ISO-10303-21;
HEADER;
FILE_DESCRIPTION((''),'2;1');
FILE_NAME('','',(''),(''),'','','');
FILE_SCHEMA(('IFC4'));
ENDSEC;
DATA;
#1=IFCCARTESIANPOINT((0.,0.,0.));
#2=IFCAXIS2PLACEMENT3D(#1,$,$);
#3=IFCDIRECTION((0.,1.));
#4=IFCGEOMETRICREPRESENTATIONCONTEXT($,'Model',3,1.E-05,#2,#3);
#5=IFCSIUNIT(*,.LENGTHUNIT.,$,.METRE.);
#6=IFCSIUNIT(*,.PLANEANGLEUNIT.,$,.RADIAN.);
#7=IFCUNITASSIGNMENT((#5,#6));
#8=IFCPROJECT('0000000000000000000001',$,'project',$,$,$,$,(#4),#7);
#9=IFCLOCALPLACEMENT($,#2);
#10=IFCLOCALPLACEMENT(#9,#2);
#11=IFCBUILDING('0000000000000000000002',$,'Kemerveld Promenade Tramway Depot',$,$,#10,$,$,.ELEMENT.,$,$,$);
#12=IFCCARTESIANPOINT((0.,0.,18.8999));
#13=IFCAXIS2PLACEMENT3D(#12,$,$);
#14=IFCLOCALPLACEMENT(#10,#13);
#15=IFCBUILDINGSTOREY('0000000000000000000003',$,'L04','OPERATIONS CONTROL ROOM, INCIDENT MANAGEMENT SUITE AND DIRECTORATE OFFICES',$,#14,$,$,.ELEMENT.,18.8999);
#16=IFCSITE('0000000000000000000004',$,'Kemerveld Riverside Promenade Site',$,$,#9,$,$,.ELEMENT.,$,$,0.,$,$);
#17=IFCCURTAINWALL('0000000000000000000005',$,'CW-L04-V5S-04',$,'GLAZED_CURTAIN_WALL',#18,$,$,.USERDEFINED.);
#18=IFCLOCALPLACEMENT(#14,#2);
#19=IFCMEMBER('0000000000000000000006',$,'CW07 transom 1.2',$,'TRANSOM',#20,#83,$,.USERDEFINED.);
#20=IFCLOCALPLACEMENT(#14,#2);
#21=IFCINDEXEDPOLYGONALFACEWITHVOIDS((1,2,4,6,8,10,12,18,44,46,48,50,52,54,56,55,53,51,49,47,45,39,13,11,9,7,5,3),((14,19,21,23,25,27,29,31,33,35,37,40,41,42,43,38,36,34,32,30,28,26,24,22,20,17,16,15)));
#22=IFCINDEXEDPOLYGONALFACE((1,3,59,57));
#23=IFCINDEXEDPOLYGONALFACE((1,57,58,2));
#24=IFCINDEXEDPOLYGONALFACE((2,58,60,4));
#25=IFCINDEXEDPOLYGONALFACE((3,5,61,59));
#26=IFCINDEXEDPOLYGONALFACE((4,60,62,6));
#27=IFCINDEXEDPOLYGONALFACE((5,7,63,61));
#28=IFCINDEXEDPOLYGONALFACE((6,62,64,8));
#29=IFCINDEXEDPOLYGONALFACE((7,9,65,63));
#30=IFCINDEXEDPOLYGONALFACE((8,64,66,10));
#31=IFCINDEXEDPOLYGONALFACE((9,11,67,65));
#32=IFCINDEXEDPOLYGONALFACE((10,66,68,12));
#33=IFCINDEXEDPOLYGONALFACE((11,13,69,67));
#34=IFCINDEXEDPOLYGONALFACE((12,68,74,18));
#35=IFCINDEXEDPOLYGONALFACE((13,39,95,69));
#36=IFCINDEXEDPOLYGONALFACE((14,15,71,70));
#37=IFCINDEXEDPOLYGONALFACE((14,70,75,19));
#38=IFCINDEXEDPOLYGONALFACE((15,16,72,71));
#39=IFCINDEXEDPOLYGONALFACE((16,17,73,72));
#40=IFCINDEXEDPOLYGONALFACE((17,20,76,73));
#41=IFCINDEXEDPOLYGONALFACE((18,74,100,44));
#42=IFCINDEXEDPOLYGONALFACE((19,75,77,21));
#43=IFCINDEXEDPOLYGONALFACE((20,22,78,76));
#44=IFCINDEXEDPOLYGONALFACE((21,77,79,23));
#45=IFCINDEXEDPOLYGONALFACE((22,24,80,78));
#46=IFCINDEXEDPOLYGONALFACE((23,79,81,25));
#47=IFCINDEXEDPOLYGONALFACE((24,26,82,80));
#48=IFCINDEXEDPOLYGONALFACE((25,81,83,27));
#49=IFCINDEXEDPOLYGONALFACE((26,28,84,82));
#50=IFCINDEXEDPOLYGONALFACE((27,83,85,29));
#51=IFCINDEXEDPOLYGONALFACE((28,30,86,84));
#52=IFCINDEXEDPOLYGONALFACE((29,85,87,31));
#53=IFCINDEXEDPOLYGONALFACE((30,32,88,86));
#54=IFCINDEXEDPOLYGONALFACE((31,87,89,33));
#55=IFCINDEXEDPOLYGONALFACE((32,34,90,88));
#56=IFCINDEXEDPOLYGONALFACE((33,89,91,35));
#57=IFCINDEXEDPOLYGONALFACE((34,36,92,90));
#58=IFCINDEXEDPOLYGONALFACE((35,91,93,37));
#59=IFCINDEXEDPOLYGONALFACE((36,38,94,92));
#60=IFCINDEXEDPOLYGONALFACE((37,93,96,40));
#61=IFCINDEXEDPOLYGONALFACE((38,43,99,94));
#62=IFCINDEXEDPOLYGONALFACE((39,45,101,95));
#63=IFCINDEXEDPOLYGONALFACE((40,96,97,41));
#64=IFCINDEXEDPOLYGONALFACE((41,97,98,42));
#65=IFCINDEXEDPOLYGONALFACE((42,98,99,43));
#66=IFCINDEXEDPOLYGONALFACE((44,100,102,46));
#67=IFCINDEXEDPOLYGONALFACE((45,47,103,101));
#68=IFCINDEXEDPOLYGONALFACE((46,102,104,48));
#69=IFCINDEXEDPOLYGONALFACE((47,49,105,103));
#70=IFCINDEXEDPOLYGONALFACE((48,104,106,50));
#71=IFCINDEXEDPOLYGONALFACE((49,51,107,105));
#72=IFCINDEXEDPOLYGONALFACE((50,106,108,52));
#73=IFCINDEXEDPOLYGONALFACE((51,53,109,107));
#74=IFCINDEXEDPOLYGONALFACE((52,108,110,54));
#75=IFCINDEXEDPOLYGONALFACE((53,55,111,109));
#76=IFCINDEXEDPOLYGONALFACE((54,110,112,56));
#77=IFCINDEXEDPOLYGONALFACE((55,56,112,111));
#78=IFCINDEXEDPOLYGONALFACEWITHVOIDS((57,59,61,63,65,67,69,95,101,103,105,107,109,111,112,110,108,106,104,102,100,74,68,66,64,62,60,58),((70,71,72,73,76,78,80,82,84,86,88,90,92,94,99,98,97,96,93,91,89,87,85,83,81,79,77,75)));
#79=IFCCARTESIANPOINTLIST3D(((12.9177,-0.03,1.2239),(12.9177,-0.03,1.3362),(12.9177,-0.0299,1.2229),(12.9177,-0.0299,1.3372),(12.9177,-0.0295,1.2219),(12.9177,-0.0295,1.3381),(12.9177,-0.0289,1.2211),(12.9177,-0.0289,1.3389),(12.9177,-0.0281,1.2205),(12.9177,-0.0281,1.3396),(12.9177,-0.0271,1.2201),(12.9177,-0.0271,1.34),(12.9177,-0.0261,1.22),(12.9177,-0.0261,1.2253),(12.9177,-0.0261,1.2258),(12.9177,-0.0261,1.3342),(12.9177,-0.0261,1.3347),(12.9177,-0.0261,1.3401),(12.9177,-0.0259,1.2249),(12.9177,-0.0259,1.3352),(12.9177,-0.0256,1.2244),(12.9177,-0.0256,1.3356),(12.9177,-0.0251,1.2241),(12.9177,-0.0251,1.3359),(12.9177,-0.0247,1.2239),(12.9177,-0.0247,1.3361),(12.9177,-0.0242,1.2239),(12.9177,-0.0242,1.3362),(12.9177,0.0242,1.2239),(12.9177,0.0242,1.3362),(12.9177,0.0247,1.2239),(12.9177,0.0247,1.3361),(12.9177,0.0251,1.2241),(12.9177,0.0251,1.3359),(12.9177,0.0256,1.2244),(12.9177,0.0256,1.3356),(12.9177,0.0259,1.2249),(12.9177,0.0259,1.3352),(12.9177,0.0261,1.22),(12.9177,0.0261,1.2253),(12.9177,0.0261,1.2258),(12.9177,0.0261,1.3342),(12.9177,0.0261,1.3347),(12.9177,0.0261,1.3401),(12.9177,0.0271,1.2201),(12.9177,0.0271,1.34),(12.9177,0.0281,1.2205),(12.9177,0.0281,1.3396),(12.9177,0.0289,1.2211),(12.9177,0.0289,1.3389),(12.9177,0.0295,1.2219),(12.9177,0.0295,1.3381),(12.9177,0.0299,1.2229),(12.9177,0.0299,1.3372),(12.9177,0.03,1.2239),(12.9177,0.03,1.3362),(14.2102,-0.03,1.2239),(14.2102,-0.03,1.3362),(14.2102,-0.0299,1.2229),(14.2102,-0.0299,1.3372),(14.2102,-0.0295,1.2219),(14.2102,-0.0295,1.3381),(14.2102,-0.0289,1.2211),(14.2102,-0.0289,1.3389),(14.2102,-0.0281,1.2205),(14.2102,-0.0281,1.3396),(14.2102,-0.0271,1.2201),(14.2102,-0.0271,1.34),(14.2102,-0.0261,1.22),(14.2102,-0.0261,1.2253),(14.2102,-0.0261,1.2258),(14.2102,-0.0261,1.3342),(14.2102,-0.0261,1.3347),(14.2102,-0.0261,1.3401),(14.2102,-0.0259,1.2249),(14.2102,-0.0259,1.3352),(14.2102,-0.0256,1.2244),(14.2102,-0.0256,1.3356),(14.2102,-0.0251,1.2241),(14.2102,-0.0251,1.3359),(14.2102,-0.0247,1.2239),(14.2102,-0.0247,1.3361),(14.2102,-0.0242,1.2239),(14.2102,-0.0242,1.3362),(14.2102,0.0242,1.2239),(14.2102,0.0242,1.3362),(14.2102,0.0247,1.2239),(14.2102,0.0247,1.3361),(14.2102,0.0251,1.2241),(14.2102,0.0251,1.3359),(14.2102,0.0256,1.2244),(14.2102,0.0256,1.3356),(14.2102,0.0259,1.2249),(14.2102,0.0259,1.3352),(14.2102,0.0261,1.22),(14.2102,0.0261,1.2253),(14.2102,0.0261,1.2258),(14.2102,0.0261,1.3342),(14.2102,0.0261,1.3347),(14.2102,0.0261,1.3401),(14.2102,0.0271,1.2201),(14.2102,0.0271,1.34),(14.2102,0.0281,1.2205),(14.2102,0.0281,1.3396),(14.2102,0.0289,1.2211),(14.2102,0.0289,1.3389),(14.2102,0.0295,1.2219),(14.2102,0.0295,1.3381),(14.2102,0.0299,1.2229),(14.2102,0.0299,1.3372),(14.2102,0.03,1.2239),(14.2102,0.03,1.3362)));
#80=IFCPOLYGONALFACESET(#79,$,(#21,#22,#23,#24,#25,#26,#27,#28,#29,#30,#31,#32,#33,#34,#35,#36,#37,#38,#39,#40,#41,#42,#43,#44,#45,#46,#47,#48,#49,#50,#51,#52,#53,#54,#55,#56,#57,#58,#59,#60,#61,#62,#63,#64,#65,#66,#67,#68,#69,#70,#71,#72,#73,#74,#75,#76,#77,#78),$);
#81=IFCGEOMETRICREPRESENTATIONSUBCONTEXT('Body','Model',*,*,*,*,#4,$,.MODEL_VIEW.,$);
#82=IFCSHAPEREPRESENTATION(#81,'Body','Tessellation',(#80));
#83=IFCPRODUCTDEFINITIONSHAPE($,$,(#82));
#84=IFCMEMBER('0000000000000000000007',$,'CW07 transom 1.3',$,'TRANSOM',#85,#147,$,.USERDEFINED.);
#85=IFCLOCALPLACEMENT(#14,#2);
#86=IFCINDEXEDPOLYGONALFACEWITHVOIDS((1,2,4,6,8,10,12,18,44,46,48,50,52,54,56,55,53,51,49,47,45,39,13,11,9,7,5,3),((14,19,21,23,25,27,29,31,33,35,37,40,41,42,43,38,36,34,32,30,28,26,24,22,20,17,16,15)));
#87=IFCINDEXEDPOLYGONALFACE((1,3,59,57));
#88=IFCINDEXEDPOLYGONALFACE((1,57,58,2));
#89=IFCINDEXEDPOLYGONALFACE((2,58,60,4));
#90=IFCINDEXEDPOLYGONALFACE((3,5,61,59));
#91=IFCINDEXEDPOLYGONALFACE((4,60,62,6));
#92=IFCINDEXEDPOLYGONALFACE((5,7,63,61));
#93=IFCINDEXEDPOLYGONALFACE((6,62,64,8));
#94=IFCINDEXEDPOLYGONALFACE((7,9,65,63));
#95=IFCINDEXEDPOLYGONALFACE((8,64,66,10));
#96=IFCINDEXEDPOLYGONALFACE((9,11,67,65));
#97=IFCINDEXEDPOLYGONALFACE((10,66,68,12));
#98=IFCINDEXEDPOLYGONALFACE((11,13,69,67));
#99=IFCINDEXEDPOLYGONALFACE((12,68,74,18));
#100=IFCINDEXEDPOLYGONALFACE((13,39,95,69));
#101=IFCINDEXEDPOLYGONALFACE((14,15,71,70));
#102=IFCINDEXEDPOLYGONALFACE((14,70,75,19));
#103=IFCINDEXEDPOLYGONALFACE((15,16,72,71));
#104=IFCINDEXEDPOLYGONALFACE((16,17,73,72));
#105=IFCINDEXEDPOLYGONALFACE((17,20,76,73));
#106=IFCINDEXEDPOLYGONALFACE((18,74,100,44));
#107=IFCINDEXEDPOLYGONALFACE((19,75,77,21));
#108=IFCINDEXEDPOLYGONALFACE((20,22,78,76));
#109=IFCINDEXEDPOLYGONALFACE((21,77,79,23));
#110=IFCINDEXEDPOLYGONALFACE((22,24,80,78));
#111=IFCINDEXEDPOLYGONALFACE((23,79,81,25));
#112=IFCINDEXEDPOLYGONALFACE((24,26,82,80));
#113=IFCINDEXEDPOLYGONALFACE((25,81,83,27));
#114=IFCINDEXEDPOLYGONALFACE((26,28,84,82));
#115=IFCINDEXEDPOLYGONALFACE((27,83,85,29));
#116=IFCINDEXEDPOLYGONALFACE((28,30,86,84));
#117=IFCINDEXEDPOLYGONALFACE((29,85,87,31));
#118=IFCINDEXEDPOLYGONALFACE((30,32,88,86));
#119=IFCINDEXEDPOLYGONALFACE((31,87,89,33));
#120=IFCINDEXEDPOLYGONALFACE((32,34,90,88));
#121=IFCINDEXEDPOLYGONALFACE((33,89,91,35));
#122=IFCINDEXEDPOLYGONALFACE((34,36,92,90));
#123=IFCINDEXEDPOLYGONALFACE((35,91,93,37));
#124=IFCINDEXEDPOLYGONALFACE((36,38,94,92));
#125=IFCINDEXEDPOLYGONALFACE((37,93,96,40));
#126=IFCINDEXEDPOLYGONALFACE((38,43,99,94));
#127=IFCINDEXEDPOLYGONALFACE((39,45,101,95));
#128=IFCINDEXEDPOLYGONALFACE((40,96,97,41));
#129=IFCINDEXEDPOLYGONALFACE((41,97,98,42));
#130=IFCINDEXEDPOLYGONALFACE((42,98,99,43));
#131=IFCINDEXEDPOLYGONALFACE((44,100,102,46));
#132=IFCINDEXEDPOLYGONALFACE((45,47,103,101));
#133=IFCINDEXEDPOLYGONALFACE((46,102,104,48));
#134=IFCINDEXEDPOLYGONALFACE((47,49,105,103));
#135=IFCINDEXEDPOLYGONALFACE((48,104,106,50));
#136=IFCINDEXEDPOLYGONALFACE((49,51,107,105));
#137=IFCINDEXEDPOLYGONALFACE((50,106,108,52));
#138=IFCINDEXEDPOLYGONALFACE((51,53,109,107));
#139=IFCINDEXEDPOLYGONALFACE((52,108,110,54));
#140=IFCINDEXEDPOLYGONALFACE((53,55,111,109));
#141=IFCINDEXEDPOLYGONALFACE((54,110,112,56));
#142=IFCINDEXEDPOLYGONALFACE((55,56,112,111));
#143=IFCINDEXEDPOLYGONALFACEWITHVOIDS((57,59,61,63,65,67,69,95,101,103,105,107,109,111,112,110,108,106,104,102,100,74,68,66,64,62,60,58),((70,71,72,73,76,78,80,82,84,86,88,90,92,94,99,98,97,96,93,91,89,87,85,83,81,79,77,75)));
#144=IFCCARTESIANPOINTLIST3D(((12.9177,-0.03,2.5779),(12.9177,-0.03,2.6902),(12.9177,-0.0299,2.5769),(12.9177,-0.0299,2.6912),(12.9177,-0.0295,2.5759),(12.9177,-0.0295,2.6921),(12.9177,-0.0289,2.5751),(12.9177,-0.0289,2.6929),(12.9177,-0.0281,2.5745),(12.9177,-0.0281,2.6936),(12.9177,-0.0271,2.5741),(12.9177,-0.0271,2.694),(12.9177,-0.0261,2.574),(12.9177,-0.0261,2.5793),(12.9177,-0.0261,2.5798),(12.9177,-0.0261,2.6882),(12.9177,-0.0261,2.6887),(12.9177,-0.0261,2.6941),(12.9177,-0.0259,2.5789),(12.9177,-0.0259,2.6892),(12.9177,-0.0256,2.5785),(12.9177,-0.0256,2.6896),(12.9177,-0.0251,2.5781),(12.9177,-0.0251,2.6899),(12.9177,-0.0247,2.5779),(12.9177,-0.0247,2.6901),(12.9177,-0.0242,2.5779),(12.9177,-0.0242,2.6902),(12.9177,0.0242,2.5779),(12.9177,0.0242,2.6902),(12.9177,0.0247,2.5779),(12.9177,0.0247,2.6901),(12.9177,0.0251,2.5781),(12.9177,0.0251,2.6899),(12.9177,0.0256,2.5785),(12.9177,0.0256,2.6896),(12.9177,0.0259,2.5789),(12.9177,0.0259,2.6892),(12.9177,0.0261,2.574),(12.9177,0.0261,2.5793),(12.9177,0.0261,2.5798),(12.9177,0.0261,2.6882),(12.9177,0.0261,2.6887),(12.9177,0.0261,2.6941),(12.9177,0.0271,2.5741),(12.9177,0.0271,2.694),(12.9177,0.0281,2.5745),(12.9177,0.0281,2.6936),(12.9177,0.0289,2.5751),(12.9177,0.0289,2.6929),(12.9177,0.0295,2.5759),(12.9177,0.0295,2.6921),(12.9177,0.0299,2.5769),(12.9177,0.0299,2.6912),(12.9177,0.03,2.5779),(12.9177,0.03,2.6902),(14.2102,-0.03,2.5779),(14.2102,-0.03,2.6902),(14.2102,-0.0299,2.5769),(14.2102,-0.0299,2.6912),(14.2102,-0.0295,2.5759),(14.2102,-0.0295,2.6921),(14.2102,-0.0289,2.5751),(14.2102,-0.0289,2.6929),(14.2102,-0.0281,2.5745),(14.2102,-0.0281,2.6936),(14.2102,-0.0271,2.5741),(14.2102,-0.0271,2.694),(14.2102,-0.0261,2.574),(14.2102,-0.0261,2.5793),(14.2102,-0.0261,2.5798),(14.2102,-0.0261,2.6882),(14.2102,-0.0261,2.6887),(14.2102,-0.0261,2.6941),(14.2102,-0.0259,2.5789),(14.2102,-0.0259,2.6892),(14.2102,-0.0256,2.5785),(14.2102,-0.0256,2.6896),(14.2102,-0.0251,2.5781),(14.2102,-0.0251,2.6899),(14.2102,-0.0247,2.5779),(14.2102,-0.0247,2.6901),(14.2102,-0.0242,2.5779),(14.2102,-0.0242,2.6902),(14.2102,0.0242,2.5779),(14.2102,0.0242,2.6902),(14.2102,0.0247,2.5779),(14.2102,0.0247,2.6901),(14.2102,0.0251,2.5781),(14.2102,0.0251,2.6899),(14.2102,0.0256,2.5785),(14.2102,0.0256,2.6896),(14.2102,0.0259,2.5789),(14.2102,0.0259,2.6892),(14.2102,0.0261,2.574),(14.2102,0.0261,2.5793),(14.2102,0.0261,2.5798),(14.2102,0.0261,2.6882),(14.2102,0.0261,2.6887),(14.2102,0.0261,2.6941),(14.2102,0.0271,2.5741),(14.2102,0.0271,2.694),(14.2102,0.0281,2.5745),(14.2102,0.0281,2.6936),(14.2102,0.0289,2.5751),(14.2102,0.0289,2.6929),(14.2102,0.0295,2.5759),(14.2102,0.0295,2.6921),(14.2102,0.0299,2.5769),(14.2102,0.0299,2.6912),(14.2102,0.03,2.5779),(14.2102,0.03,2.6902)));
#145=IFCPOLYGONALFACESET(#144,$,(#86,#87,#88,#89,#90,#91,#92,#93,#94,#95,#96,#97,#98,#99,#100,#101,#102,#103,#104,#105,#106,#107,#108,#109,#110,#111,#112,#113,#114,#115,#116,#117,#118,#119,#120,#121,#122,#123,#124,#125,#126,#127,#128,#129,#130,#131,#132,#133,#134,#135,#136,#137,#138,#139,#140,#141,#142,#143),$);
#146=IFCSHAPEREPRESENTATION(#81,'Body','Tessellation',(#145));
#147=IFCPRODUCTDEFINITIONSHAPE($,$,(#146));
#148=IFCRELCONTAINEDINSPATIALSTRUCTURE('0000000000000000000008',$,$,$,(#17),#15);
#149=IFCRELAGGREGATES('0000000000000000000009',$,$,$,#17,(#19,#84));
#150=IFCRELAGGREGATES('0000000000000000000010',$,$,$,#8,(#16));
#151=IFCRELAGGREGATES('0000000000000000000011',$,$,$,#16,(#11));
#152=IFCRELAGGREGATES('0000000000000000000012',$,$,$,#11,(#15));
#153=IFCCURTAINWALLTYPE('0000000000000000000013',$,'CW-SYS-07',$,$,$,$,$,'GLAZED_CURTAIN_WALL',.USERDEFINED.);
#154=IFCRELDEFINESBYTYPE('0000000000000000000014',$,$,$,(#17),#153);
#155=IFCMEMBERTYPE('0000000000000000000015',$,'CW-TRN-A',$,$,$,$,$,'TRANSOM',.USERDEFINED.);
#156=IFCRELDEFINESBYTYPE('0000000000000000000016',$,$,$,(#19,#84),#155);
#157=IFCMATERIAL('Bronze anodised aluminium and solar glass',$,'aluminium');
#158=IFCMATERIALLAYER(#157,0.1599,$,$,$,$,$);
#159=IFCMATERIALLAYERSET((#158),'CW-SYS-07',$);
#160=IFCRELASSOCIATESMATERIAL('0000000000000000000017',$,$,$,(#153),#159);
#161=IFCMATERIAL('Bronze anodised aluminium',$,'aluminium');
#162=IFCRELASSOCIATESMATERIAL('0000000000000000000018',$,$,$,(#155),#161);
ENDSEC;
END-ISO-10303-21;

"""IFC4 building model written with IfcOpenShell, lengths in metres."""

from ifc_helpers import new_model, si_unit, direction, frame, origin, origin_2d, place, context, subcontext, project, spatial, hollow_rectangle, extrude, material, layer, layer_set, material_profile, profile_set, type_object, element, aggregate, save


model = new_model("IFC4")

# Units and contexts
model_context = context("Model", 3, precision=1e-05, world=origin(), true_north=direction((0.0, 1.0)))
body_context = subcontext(model_context, "Body", "Model", "MODEL_VIEW")
ifc_project = project(units=[si_unit("LENGTHUNIT", "METRE"), si_unit("PLANEANGLEUNIT", "RADIAN")], contexts=[model_context])

# Site, building, storey
site_placement = place(None, origin())
site = spatial("IfcSite", under=ifc_project, at=site_placement, Name="Kemerveld Riverside Promenade Site", CompositionType="ELEMENT", RefElevation=0.0)
building_placement = place(site_placement, origin())
building = spatial("IfcBuilding", under=site, at=building_placement, Name="Kemerveld Promenade Tramway Depot", CompositionType="ELEMENT")
storey_placement = place(building_placement, frame((0.0, 0.0, 18.8999)))
storey = spatial("IfcBuildingStorey", under=building, at=storey_placement, Name="L04", Description="OPERATIONS CONTROL ROOM, INCIDENT MANAGEMENT SUITE AND DIRECTORATE OFFICES", CompositionType="ELEMENT", Elevation=18.8999)

# Shared definitions
ifc_material_1 = material(Name="Bronze anodised aluminium and solar glass", Category="aluminium")
ifc_material_2 = material(Name="Bronze anodised aluminium", Category="aluminium")

# Curtain wall, members
ifc_layer_1 = layer(ifc_material_1, 0.1599)
ifc_layer_set_1 = layer_set([ifc_layer_1], Name="CW-SYS-07")
curtain_wall_type_1 = type_object("IfcCurtainWallType", Name="CW-SYS-07", ElementType="GLAZED_CURTAIN_WALL", PredefinedType="USERDEFINED", material=ifc_layer_set_1)
curtain_wall_1_placement = place(storey_placement, origin())
curtain_wall_1 = element("IfcCurtainWall", 1, at=curtain_wall_1_placement, inside=storey, type_object=curtain_wall_type_1, Name="CW-L04-V5S-04", ObjectType="GLAZED_CURTAIN_WALL", PredefinedType="USERDEFINED")
ifc_material_profile_1 = material_profile(ifc_material_2, hollow_rectangle(XDim=0.0601, YDim=0.1201, WallThickness=0.0039, InnerFilletRadius=0.002, OuterFilletRadius=0.0039, at=origin_2d()), Name="CW-TRN-120x60")
ifc_profile_set_1 = profile_set([ifc_material_profile_1], Name="Bronze anodised aluminium")
member_type_1 = type_object("IfcMemberType", Name="CW-TRN-A", ElementType="TRANSOM", PredefinedType="USERDEFINED", material=ifc_profile_set_1)
member_1_placement = place(storey_placement, frame((14.2102, 0.0, 1.28), z_axis=(-1.0, 0.0, 0.0), x_axis=(0.0, -1.0, 0.0)))
member_1 = element("IfcMember", 2, at=member_1_placement, type_object=member_type_1, Name="CW07 transom 1.2", ObjectType="TRANSOM", PredefinedType="USERDEFINED", context=body_context, shape_type="SweptSolid", body=[
    extrude(hollow_rectangle(XDim=0.0601, YDim=0.1201, WallThickness=0.0039, InnerFilletRadius=0.002, OuterFilletRadius=0.0039, at=origin_2d()), origin(), (0.0, 0.0, 1.0), 1.2925),
])
member_2_placement = place(storey_placement, frame((14.2102, 0.0, 2.634), z_axis=(-1.0, 0.0, 0.0), x_axis=(0.0, -1.0, 0.0)))
member_2 = element("IfcMember", 3, at=member_2_placement, type_object=member_type_1, Name="CW07 transom 1.3", ObjectType="TRANSOM", PredefinedType="USERDEFINED", context=body_context, shape_type="SweptSolid", body=[
    extrude(hollow_rectangle(XDim=0.0601, YDim=0.1201, WallThickness=0.0039, InnerFilletRadius=0.002, OuterFilletRadius=0.0039, at=origin_2d()), origin(), (0.0, 0.0, 1.0), 1.2925),
])

aggregate(curtain_wall_1, [member_1, member_2])

save(model, "model.ifc")
